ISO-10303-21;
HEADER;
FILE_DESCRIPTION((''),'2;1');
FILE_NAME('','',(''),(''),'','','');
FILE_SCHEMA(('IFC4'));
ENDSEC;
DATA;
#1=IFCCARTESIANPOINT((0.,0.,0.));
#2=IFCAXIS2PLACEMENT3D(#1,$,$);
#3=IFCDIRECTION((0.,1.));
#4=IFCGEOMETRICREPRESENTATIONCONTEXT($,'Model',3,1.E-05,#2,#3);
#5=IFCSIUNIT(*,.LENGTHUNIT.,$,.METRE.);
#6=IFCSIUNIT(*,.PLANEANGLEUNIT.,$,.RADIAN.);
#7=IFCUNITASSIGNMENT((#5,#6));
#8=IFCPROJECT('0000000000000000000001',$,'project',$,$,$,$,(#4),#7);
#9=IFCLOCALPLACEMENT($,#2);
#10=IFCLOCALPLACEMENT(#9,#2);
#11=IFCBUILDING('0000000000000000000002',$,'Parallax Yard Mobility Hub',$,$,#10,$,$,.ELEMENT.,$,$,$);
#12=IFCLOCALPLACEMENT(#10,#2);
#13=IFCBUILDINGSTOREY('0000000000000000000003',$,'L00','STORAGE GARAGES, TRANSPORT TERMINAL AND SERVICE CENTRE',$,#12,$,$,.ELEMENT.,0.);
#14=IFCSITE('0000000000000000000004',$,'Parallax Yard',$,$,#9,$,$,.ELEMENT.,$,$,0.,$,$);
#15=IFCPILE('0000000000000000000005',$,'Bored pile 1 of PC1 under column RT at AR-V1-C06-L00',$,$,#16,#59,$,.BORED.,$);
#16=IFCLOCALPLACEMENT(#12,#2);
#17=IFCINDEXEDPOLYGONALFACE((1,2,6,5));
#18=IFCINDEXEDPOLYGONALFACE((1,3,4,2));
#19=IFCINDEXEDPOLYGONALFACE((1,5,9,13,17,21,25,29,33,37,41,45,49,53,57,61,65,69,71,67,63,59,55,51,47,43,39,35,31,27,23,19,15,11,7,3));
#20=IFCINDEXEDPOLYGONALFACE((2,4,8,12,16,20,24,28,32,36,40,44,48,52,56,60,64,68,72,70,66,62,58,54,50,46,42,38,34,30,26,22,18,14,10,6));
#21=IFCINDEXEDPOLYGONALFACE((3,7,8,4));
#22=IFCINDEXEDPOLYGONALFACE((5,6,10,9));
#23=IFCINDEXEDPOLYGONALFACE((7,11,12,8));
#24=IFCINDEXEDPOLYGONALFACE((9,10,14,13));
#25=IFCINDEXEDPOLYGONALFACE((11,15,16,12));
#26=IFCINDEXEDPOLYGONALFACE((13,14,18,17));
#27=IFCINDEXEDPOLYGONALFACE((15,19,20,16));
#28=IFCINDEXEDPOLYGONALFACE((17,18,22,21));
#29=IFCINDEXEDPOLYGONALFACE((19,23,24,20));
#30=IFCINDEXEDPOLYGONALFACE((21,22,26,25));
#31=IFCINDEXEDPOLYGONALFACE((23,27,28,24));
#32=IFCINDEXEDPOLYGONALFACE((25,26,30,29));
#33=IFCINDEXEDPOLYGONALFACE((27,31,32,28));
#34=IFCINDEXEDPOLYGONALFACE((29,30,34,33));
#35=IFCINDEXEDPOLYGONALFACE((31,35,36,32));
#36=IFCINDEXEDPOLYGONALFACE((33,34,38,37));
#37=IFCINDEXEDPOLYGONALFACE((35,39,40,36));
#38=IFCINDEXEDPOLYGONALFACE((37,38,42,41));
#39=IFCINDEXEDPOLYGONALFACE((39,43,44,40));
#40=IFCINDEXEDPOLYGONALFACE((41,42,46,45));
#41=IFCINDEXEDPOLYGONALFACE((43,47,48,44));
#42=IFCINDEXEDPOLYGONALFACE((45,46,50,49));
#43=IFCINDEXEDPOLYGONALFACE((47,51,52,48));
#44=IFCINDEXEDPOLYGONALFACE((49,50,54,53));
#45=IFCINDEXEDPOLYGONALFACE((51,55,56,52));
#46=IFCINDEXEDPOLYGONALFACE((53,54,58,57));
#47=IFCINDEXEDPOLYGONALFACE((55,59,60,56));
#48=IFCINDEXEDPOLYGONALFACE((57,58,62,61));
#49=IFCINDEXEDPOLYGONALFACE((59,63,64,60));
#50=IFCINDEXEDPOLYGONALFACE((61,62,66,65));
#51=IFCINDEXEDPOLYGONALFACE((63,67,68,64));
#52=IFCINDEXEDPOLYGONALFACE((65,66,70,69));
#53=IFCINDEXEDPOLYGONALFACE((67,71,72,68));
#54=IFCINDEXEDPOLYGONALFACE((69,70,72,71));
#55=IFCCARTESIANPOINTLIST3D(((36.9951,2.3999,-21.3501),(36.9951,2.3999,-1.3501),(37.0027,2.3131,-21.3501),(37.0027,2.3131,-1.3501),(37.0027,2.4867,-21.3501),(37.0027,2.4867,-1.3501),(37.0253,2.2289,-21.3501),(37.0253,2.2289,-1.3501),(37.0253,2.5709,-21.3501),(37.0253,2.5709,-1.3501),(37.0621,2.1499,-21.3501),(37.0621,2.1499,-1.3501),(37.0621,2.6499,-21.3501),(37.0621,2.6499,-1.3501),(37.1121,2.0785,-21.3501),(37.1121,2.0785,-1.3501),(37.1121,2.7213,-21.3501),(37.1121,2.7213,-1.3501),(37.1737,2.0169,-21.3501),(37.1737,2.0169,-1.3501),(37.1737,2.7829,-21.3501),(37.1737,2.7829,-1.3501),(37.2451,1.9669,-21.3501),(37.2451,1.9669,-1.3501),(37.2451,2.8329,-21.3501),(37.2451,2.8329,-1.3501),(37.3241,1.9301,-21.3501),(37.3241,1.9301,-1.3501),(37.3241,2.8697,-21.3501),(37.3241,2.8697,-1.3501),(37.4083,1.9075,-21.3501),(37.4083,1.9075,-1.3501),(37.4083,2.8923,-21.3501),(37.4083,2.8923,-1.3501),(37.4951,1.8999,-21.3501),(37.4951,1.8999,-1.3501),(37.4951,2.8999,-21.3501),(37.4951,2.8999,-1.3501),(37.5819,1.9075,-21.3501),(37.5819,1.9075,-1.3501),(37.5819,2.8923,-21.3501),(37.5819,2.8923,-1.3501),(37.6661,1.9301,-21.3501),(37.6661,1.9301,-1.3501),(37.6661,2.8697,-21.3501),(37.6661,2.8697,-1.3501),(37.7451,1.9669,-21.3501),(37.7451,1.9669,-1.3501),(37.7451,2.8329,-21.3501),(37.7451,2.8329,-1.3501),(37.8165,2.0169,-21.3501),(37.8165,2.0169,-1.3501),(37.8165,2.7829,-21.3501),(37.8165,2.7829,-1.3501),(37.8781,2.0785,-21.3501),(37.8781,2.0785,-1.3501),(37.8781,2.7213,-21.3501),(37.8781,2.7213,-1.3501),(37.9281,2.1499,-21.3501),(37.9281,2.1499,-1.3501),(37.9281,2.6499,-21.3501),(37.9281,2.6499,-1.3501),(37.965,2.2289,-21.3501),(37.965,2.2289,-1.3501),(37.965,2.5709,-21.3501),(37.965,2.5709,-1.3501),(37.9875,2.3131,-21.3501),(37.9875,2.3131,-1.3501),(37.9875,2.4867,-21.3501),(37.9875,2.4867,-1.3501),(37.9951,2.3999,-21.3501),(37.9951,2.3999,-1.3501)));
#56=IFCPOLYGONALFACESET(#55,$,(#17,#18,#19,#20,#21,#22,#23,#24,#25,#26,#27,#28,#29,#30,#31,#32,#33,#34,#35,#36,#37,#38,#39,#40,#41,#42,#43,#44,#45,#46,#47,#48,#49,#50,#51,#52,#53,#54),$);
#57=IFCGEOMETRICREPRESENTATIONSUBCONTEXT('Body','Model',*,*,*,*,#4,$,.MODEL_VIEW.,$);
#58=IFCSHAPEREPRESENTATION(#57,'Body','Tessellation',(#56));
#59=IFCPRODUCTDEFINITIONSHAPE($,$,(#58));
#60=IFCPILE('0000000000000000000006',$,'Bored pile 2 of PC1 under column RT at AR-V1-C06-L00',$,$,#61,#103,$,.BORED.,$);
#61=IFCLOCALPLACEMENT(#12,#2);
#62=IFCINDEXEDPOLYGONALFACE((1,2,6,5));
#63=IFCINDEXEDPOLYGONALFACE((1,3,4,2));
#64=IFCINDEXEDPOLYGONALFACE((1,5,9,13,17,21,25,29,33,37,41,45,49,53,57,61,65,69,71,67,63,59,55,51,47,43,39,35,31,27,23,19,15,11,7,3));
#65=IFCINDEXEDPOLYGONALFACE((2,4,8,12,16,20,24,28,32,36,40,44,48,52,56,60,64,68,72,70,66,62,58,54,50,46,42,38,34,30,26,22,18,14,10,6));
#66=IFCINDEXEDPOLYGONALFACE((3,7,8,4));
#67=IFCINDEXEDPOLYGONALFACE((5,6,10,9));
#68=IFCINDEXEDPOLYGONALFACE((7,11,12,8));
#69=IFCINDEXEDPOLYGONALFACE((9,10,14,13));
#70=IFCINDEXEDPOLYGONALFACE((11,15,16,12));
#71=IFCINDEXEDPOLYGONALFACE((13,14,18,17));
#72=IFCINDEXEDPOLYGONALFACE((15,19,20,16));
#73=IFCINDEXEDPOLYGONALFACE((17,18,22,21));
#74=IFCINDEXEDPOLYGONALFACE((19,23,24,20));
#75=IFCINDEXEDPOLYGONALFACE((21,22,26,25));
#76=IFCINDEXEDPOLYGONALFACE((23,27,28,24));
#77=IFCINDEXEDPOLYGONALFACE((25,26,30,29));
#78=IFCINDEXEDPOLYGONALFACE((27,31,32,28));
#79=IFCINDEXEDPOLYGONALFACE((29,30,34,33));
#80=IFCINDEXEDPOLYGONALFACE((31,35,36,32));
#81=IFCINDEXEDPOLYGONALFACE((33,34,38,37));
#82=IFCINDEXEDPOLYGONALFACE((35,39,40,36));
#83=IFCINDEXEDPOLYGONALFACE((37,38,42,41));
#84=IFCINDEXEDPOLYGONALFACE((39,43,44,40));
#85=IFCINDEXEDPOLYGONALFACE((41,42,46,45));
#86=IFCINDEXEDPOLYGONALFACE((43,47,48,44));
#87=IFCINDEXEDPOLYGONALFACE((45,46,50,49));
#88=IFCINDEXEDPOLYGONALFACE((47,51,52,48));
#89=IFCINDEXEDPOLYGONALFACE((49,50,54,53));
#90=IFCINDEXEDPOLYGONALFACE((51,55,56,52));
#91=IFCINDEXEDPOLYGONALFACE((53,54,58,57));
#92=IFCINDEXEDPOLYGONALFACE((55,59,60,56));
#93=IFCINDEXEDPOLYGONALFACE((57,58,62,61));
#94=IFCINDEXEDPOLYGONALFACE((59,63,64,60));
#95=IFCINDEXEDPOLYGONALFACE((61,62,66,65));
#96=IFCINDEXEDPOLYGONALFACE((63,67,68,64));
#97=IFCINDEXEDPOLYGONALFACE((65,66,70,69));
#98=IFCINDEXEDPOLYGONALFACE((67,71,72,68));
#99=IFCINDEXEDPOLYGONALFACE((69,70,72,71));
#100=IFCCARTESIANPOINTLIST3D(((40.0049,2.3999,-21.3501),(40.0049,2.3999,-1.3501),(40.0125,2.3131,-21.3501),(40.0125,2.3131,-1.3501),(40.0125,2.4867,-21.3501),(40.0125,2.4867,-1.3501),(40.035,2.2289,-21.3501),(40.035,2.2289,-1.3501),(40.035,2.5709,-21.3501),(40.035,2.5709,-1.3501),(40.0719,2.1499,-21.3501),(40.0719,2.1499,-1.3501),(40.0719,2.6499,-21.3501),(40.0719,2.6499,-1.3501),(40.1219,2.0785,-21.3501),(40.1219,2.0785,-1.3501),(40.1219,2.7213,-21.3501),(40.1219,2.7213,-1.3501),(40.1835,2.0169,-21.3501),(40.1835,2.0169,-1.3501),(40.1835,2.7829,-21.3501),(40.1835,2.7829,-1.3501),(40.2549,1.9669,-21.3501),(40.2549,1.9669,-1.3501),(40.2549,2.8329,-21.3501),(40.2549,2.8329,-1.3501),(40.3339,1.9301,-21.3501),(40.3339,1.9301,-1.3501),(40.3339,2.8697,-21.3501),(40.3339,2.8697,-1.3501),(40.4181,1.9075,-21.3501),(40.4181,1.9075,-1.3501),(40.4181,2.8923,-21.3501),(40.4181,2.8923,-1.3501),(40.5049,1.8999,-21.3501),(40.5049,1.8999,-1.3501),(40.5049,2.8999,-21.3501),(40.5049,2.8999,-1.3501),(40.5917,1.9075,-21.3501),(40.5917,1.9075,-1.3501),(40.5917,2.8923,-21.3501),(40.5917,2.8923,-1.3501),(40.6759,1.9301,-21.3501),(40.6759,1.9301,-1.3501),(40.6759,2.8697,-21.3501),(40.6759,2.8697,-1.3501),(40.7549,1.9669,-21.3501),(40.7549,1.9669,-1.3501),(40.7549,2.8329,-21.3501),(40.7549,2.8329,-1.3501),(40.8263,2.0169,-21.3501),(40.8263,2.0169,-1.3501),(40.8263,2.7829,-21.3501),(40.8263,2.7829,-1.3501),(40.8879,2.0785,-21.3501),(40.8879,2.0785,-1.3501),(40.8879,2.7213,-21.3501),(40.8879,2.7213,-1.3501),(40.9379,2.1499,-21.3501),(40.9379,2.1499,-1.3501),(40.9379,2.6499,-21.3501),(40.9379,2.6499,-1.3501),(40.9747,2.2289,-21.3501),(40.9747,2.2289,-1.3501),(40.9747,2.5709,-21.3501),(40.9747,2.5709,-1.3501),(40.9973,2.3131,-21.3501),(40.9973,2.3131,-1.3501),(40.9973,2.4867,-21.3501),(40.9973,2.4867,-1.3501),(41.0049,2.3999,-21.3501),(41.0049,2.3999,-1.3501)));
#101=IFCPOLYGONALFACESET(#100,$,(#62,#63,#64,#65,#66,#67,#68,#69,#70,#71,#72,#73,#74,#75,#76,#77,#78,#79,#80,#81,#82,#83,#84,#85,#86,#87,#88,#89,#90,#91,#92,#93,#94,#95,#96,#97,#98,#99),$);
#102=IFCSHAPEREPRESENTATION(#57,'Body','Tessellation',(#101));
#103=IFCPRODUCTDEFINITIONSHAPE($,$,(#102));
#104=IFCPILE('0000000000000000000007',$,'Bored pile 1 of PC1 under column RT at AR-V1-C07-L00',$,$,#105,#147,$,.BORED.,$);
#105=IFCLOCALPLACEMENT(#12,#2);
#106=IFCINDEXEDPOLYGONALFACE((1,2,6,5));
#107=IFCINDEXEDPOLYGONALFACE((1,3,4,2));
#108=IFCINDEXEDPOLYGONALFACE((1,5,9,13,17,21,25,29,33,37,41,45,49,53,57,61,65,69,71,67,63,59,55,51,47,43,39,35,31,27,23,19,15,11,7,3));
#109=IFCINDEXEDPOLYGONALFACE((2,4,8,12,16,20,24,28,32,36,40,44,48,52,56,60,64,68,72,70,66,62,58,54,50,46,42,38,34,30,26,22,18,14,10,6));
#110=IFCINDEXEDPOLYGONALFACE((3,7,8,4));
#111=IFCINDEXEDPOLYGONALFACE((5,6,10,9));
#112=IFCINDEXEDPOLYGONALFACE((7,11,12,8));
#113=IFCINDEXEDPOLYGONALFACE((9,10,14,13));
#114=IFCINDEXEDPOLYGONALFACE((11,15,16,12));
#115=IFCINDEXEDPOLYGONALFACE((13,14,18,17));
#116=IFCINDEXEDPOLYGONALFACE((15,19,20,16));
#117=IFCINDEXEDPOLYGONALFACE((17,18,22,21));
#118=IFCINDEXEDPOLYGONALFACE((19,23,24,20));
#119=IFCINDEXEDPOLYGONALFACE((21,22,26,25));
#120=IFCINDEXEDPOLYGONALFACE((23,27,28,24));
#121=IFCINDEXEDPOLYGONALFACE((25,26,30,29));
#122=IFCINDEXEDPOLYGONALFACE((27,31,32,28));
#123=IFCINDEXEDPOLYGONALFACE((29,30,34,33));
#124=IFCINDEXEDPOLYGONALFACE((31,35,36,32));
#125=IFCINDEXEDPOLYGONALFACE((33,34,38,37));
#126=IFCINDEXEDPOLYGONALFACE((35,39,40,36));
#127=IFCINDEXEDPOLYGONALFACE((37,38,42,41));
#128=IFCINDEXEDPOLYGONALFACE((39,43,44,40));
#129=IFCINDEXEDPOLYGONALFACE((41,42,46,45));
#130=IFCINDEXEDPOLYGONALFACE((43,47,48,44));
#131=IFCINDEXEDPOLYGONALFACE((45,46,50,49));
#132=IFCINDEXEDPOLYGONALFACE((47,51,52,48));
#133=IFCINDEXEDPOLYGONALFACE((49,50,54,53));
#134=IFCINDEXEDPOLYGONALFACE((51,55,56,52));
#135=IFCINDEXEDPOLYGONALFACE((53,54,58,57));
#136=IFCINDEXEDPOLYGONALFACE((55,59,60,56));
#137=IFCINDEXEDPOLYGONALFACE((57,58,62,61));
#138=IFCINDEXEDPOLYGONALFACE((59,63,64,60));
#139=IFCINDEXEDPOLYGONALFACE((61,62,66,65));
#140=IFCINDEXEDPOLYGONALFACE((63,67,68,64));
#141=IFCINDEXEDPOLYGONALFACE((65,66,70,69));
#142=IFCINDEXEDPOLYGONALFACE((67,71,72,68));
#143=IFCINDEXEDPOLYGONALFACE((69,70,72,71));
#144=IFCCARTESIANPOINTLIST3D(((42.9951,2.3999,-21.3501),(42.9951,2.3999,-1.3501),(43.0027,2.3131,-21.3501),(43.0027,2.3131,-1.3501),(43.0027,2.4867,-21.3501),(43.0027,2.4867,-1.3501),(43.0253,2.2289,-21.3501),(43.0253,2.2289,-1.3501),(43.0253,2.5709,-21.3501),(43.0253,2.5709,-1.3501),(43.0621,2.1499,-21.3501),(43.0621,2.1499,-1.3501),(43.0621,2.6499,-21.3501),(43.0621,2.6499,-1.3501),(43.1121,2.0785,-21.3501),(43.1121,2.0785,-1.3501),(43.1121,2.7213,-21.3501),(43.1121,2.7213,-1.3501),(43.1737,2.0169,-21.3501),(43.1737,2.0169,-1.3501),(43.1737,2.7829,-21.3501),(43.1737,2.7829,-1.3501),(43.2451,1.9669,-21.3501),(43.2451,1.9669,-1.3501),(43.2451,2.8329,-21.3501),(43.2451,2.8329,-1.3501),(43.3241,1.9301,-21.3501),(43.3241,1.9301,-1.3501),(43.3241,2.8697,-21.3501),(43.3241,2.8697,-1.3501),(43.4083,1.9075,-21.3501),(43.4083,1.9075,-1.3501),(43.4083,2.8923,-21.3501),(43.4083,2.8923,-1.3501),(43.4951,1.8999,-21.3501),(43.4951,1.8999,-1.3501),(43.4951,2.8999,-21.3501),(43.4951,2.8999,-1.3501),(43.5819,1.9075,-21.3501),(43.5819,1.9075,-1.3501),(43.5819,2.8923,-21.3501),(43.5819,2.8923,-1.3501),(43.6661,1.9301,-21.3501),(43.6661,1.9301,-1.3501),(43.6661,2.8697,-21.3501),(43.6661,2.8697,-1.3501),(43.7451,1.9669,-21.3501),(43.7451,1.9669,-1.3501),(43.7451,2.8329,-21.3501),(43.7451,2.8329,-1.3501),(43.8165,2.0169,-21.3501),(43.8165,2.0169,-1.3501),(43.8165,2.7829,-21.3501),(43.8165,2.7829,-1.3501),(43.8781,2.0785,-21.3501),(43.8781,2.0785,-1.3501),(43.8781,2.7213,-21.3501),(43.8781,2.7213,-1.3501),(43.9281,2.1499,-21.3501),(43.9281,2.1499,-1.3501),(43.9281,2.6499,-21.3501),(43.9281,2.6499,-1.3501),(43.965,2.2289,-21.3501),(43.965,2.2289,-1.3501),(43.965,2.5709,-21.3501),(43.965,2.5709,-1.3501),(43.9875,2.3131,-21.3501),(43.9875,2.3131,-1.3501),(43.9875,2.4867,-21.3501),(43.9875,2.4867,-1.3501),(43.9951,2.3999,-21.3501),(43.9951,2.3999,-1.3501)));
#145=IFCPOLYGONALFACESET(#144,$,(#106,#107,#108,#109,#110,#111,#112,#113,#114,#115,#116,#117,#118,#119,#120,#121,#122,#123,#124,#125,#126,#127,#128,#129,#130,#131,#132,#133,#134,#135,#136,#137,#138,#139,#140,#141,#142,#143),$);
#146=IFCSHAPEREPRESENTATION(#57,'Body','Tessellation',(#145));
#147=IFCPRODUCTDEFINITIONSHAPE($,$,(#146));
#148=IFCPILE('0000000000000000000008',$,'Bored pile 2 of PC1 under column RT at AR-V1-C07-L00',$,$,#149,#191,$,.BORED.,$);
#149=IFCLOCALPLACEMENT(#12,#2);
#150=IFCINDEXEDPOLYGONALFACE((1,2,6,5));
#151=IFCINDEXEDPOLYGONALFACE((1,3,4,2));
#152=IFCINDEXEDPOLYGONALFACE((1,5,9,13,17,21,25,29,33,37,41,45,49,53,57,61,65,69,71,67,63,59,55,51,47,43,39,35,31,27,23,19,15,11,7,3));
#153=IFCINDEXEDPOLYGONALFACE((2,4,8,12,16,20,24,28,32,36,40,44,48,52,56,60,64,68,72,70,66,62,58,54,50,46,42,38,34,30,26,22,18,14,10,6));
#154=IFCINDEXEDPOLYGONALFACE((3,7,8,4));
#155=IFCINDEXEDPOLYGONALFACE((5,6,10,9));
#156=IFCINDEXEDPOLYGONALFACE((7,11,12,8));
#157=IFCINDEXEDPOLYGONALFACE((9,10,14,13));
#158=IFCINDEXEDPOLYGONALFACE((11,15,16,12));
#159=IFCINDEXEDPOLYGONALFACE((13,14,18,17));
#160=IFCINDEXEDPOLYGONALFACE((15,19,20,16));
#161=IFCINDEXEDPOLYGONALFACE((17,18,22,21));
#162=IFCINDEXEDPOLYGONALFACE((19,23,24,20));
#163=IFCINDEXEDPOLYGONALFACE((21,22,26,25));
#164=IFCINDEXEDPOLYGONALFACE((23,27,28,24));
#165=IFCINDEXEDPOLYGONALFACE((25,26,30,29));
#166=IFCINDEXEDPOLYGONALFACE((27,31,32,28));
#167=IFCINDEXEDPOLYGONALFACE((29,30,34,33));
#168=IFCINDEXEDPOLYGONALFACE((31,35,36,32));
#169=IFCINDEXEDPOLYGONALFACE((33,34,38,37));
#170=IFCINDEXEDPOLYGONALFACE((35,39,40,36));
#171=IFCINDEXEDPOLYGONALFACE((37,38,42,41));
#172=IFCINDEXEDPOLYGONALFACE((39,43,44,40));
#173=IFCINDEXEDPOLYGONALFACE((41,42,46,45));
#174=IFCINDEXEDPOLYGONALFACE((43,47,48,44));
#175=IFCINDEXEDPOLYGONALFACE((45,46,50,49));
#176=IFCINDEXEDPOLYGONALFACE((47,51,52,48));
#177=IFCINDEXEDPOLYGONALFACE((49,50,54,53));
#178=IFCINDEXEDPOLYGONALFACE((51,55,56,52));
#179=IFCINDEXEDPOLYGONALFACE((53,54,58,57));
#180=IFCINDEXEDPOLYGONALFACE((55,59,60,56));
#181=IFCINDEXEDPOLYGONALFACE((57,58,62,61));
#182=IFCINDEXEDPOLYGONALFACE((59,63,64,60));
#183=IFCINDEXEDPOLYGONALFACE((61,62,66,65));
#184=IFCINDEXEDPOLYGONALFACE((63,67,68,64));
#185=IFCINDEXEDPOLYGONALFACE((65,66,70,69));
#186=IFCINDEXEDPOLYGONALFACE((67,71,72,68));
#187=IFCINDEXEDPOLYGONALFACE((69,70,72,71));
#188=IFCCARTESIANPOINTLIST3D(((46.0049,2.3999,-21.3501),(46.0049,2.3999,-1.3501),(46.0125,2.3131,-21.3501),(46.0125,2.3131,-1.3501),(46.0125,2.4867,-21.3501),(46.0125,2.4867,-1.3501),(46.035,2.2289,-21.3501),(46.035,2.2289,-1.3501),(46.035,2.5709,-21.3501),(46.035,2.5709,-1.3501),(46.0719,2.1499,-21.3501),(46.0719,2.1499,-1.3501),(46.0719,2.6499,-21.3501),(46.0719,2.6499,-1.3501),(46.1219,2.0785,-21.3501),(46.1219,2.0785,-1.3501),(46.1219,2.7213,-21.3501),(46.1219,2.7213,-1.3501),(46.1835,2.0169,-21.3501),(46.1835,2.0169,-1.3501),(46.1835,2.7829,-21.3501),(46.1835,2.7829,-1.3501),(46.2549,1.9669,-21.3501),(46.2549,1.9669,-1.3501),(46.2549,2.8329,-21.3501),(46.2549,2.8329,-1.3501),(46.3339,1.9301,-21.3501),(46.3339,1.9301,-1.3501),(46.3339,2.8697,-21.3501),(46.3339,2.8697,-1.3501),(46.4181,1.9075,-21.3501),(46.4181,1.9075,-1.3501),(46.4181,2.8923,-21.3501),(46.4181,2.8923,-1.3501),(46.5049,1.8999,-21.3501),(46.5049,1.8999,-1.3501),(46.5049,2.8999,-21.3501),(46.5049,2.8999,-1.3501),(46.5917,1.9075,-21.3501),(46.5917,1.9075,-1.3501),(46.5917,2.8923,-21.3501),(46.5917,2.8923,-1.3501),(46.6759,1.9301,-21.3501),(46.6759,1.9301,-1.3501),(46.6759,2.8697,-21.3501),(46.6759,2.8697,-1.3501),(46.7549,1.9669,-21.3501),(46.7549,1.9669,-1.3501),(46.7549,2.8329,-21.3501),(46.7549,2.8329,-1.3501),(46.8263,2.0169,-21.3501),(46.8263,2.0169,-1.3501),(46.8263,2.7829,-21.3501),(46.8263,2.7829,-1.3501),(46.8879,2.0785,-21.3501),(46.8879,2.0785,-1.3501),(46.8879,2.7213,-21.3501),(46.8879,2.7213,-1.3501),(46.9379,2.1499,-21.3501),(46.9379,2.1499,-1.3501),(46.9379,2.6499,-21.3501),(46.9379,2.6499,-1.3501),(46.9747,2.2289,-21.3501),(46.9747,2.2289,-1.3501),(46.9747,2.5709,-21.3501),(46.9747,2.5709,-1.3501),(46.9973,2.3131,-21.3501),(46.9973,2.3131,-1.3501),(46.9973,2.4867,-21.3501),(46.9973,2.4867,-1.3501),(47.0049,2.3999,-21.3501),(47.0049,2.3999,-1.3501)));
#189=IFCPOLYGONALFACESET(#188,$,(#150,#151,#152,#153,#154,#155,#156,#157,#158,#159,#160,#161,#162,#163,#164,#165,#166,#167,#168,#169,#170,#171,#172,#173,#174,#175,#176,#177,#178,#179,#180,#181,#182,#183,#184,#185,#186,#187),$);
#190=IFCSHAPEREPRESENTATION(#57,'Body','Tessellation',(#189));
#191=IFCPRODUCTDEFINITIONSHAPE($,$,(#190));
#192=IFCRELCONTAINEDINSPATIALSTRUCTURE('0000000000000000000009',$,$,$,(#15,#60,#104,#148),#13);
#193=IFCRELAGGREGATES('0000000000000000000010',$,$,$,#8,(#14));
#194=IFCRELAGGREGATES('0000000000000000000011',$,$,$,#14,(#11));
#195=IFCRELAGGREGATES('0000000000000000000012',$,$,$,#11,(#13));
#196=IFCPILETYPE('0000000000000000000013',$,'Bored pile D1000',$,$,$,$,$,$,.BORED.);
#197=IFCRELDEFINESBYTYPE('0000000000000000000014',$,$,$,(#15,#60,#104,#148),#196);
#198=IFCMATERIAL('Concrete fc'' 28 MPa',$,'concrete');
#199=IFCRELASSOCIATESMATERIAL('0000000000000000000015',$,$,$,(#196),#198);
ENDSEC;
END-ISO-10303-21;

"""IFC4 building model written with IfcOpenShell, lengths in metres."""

from ifc_helpers import new_model, si_unit, direction, frame, origin, origin_2d, place, context, subcontext, project, spatial, circle, extrude, material, material_profile, profile_set, type_object, element, save


model = new_model("IFC4")

# Units and contexts
model_context = context("Model", 3, precision=1e-05, world=origin(), true_north=direction((0.0, 1.0)))
body_context = subcontext(model_context, "Body", "Model", "MODEL_VIEW")
ifc_project = project(units=[si_unit("LENGTHUNIT", "METRE"), si_unit("PLANEANGLEUNIT", "RADIAN")], contexts=[model_context])

# Site, building, storey
site_placement = place(None, origin())
site = spatial("IfcSite", under=ifc_project, at=site_placement, Name="Parallax Yard", CompositionType="ELEMENT", RefElevation=0.0)
building_placement = place(site_placement, origin())
building = spatial("IfcBuilding", under=site, at=building_placement, Name="Parallax Yard Mobility Hub", CompositionType="ELEMENT")
storey_placement = place(building_placement, origin())
storey = spatial("IfcBuildingStorey", under=building, at=storey_placement, Name="L00", Description="STORAGE GARAGES, TRANSPORT TERMINAL AND SERVICE CENTRE", CompositionType="ELEMENT", Elevation=0.0)

# Piles
ifc_material_1 = material(Name="Concrete fc' 28 MPa", Category="concrete")
ifc_material_profile_1 = material_profile(ifc_material_1, circle(Radius=0.5, at=origin_2d()), Name="Bored pile D1000")
ifc_profile_set_1 = profile_set([ifc_material_profile_1], Name="Concrete fc' 28 MPa")
pile_type = type_object("IfcPileType", Name="Bored pile D1000", PredefinedType="BORED", material=ifc_profile_set_1)
for number, where, z_axis, x_axis, name in (
    (1, (37.4951, 2.3999, -1.3501), (0.0, 0.0, -1.0), (1.0, 0.0, 0.0), "Bored pile 1 of PC1 under column RT at AR-V1-C06-L00"),
    (2, (40.5049, 2.3999, -1.3501), (0.0, 0.0, -1.0), (1.0, 0.0, 0.0), "Bored pile 2 of PC1 under column RT at AR-V1-C06-L00"),
    (3, (43.4951, 2.3999, -1.3501), (0.0, 0.0, -1.0), (1.0, 0.0, 0.0), "Bored pile 1 of PC1 under column RT at AR-V1-C07-L00"),
    (4, (46.5049, 2.3999, -1.3501), (0.0, 0.0, -1.0), (1.0, 0.0, 0.0), "Bored pile 2 of PC1 under column RT at AR-V1-C07-L00"),
):
    element("IfcPile", number, at=place(storey_placement, frame(where, z_axis=z_axis, x_axis=x_axis)), inside=storey, type_object=pile_type, Name=name, PredefinedType="BORED", context=body_context, shape_type="SweptSolid", body=[
        extrude(circle(Radius=0.5, at=origin_2d()), origin(), (0.0, 0.0, 1.0), 20.0),
    ])

save(model, "model.ifc")
